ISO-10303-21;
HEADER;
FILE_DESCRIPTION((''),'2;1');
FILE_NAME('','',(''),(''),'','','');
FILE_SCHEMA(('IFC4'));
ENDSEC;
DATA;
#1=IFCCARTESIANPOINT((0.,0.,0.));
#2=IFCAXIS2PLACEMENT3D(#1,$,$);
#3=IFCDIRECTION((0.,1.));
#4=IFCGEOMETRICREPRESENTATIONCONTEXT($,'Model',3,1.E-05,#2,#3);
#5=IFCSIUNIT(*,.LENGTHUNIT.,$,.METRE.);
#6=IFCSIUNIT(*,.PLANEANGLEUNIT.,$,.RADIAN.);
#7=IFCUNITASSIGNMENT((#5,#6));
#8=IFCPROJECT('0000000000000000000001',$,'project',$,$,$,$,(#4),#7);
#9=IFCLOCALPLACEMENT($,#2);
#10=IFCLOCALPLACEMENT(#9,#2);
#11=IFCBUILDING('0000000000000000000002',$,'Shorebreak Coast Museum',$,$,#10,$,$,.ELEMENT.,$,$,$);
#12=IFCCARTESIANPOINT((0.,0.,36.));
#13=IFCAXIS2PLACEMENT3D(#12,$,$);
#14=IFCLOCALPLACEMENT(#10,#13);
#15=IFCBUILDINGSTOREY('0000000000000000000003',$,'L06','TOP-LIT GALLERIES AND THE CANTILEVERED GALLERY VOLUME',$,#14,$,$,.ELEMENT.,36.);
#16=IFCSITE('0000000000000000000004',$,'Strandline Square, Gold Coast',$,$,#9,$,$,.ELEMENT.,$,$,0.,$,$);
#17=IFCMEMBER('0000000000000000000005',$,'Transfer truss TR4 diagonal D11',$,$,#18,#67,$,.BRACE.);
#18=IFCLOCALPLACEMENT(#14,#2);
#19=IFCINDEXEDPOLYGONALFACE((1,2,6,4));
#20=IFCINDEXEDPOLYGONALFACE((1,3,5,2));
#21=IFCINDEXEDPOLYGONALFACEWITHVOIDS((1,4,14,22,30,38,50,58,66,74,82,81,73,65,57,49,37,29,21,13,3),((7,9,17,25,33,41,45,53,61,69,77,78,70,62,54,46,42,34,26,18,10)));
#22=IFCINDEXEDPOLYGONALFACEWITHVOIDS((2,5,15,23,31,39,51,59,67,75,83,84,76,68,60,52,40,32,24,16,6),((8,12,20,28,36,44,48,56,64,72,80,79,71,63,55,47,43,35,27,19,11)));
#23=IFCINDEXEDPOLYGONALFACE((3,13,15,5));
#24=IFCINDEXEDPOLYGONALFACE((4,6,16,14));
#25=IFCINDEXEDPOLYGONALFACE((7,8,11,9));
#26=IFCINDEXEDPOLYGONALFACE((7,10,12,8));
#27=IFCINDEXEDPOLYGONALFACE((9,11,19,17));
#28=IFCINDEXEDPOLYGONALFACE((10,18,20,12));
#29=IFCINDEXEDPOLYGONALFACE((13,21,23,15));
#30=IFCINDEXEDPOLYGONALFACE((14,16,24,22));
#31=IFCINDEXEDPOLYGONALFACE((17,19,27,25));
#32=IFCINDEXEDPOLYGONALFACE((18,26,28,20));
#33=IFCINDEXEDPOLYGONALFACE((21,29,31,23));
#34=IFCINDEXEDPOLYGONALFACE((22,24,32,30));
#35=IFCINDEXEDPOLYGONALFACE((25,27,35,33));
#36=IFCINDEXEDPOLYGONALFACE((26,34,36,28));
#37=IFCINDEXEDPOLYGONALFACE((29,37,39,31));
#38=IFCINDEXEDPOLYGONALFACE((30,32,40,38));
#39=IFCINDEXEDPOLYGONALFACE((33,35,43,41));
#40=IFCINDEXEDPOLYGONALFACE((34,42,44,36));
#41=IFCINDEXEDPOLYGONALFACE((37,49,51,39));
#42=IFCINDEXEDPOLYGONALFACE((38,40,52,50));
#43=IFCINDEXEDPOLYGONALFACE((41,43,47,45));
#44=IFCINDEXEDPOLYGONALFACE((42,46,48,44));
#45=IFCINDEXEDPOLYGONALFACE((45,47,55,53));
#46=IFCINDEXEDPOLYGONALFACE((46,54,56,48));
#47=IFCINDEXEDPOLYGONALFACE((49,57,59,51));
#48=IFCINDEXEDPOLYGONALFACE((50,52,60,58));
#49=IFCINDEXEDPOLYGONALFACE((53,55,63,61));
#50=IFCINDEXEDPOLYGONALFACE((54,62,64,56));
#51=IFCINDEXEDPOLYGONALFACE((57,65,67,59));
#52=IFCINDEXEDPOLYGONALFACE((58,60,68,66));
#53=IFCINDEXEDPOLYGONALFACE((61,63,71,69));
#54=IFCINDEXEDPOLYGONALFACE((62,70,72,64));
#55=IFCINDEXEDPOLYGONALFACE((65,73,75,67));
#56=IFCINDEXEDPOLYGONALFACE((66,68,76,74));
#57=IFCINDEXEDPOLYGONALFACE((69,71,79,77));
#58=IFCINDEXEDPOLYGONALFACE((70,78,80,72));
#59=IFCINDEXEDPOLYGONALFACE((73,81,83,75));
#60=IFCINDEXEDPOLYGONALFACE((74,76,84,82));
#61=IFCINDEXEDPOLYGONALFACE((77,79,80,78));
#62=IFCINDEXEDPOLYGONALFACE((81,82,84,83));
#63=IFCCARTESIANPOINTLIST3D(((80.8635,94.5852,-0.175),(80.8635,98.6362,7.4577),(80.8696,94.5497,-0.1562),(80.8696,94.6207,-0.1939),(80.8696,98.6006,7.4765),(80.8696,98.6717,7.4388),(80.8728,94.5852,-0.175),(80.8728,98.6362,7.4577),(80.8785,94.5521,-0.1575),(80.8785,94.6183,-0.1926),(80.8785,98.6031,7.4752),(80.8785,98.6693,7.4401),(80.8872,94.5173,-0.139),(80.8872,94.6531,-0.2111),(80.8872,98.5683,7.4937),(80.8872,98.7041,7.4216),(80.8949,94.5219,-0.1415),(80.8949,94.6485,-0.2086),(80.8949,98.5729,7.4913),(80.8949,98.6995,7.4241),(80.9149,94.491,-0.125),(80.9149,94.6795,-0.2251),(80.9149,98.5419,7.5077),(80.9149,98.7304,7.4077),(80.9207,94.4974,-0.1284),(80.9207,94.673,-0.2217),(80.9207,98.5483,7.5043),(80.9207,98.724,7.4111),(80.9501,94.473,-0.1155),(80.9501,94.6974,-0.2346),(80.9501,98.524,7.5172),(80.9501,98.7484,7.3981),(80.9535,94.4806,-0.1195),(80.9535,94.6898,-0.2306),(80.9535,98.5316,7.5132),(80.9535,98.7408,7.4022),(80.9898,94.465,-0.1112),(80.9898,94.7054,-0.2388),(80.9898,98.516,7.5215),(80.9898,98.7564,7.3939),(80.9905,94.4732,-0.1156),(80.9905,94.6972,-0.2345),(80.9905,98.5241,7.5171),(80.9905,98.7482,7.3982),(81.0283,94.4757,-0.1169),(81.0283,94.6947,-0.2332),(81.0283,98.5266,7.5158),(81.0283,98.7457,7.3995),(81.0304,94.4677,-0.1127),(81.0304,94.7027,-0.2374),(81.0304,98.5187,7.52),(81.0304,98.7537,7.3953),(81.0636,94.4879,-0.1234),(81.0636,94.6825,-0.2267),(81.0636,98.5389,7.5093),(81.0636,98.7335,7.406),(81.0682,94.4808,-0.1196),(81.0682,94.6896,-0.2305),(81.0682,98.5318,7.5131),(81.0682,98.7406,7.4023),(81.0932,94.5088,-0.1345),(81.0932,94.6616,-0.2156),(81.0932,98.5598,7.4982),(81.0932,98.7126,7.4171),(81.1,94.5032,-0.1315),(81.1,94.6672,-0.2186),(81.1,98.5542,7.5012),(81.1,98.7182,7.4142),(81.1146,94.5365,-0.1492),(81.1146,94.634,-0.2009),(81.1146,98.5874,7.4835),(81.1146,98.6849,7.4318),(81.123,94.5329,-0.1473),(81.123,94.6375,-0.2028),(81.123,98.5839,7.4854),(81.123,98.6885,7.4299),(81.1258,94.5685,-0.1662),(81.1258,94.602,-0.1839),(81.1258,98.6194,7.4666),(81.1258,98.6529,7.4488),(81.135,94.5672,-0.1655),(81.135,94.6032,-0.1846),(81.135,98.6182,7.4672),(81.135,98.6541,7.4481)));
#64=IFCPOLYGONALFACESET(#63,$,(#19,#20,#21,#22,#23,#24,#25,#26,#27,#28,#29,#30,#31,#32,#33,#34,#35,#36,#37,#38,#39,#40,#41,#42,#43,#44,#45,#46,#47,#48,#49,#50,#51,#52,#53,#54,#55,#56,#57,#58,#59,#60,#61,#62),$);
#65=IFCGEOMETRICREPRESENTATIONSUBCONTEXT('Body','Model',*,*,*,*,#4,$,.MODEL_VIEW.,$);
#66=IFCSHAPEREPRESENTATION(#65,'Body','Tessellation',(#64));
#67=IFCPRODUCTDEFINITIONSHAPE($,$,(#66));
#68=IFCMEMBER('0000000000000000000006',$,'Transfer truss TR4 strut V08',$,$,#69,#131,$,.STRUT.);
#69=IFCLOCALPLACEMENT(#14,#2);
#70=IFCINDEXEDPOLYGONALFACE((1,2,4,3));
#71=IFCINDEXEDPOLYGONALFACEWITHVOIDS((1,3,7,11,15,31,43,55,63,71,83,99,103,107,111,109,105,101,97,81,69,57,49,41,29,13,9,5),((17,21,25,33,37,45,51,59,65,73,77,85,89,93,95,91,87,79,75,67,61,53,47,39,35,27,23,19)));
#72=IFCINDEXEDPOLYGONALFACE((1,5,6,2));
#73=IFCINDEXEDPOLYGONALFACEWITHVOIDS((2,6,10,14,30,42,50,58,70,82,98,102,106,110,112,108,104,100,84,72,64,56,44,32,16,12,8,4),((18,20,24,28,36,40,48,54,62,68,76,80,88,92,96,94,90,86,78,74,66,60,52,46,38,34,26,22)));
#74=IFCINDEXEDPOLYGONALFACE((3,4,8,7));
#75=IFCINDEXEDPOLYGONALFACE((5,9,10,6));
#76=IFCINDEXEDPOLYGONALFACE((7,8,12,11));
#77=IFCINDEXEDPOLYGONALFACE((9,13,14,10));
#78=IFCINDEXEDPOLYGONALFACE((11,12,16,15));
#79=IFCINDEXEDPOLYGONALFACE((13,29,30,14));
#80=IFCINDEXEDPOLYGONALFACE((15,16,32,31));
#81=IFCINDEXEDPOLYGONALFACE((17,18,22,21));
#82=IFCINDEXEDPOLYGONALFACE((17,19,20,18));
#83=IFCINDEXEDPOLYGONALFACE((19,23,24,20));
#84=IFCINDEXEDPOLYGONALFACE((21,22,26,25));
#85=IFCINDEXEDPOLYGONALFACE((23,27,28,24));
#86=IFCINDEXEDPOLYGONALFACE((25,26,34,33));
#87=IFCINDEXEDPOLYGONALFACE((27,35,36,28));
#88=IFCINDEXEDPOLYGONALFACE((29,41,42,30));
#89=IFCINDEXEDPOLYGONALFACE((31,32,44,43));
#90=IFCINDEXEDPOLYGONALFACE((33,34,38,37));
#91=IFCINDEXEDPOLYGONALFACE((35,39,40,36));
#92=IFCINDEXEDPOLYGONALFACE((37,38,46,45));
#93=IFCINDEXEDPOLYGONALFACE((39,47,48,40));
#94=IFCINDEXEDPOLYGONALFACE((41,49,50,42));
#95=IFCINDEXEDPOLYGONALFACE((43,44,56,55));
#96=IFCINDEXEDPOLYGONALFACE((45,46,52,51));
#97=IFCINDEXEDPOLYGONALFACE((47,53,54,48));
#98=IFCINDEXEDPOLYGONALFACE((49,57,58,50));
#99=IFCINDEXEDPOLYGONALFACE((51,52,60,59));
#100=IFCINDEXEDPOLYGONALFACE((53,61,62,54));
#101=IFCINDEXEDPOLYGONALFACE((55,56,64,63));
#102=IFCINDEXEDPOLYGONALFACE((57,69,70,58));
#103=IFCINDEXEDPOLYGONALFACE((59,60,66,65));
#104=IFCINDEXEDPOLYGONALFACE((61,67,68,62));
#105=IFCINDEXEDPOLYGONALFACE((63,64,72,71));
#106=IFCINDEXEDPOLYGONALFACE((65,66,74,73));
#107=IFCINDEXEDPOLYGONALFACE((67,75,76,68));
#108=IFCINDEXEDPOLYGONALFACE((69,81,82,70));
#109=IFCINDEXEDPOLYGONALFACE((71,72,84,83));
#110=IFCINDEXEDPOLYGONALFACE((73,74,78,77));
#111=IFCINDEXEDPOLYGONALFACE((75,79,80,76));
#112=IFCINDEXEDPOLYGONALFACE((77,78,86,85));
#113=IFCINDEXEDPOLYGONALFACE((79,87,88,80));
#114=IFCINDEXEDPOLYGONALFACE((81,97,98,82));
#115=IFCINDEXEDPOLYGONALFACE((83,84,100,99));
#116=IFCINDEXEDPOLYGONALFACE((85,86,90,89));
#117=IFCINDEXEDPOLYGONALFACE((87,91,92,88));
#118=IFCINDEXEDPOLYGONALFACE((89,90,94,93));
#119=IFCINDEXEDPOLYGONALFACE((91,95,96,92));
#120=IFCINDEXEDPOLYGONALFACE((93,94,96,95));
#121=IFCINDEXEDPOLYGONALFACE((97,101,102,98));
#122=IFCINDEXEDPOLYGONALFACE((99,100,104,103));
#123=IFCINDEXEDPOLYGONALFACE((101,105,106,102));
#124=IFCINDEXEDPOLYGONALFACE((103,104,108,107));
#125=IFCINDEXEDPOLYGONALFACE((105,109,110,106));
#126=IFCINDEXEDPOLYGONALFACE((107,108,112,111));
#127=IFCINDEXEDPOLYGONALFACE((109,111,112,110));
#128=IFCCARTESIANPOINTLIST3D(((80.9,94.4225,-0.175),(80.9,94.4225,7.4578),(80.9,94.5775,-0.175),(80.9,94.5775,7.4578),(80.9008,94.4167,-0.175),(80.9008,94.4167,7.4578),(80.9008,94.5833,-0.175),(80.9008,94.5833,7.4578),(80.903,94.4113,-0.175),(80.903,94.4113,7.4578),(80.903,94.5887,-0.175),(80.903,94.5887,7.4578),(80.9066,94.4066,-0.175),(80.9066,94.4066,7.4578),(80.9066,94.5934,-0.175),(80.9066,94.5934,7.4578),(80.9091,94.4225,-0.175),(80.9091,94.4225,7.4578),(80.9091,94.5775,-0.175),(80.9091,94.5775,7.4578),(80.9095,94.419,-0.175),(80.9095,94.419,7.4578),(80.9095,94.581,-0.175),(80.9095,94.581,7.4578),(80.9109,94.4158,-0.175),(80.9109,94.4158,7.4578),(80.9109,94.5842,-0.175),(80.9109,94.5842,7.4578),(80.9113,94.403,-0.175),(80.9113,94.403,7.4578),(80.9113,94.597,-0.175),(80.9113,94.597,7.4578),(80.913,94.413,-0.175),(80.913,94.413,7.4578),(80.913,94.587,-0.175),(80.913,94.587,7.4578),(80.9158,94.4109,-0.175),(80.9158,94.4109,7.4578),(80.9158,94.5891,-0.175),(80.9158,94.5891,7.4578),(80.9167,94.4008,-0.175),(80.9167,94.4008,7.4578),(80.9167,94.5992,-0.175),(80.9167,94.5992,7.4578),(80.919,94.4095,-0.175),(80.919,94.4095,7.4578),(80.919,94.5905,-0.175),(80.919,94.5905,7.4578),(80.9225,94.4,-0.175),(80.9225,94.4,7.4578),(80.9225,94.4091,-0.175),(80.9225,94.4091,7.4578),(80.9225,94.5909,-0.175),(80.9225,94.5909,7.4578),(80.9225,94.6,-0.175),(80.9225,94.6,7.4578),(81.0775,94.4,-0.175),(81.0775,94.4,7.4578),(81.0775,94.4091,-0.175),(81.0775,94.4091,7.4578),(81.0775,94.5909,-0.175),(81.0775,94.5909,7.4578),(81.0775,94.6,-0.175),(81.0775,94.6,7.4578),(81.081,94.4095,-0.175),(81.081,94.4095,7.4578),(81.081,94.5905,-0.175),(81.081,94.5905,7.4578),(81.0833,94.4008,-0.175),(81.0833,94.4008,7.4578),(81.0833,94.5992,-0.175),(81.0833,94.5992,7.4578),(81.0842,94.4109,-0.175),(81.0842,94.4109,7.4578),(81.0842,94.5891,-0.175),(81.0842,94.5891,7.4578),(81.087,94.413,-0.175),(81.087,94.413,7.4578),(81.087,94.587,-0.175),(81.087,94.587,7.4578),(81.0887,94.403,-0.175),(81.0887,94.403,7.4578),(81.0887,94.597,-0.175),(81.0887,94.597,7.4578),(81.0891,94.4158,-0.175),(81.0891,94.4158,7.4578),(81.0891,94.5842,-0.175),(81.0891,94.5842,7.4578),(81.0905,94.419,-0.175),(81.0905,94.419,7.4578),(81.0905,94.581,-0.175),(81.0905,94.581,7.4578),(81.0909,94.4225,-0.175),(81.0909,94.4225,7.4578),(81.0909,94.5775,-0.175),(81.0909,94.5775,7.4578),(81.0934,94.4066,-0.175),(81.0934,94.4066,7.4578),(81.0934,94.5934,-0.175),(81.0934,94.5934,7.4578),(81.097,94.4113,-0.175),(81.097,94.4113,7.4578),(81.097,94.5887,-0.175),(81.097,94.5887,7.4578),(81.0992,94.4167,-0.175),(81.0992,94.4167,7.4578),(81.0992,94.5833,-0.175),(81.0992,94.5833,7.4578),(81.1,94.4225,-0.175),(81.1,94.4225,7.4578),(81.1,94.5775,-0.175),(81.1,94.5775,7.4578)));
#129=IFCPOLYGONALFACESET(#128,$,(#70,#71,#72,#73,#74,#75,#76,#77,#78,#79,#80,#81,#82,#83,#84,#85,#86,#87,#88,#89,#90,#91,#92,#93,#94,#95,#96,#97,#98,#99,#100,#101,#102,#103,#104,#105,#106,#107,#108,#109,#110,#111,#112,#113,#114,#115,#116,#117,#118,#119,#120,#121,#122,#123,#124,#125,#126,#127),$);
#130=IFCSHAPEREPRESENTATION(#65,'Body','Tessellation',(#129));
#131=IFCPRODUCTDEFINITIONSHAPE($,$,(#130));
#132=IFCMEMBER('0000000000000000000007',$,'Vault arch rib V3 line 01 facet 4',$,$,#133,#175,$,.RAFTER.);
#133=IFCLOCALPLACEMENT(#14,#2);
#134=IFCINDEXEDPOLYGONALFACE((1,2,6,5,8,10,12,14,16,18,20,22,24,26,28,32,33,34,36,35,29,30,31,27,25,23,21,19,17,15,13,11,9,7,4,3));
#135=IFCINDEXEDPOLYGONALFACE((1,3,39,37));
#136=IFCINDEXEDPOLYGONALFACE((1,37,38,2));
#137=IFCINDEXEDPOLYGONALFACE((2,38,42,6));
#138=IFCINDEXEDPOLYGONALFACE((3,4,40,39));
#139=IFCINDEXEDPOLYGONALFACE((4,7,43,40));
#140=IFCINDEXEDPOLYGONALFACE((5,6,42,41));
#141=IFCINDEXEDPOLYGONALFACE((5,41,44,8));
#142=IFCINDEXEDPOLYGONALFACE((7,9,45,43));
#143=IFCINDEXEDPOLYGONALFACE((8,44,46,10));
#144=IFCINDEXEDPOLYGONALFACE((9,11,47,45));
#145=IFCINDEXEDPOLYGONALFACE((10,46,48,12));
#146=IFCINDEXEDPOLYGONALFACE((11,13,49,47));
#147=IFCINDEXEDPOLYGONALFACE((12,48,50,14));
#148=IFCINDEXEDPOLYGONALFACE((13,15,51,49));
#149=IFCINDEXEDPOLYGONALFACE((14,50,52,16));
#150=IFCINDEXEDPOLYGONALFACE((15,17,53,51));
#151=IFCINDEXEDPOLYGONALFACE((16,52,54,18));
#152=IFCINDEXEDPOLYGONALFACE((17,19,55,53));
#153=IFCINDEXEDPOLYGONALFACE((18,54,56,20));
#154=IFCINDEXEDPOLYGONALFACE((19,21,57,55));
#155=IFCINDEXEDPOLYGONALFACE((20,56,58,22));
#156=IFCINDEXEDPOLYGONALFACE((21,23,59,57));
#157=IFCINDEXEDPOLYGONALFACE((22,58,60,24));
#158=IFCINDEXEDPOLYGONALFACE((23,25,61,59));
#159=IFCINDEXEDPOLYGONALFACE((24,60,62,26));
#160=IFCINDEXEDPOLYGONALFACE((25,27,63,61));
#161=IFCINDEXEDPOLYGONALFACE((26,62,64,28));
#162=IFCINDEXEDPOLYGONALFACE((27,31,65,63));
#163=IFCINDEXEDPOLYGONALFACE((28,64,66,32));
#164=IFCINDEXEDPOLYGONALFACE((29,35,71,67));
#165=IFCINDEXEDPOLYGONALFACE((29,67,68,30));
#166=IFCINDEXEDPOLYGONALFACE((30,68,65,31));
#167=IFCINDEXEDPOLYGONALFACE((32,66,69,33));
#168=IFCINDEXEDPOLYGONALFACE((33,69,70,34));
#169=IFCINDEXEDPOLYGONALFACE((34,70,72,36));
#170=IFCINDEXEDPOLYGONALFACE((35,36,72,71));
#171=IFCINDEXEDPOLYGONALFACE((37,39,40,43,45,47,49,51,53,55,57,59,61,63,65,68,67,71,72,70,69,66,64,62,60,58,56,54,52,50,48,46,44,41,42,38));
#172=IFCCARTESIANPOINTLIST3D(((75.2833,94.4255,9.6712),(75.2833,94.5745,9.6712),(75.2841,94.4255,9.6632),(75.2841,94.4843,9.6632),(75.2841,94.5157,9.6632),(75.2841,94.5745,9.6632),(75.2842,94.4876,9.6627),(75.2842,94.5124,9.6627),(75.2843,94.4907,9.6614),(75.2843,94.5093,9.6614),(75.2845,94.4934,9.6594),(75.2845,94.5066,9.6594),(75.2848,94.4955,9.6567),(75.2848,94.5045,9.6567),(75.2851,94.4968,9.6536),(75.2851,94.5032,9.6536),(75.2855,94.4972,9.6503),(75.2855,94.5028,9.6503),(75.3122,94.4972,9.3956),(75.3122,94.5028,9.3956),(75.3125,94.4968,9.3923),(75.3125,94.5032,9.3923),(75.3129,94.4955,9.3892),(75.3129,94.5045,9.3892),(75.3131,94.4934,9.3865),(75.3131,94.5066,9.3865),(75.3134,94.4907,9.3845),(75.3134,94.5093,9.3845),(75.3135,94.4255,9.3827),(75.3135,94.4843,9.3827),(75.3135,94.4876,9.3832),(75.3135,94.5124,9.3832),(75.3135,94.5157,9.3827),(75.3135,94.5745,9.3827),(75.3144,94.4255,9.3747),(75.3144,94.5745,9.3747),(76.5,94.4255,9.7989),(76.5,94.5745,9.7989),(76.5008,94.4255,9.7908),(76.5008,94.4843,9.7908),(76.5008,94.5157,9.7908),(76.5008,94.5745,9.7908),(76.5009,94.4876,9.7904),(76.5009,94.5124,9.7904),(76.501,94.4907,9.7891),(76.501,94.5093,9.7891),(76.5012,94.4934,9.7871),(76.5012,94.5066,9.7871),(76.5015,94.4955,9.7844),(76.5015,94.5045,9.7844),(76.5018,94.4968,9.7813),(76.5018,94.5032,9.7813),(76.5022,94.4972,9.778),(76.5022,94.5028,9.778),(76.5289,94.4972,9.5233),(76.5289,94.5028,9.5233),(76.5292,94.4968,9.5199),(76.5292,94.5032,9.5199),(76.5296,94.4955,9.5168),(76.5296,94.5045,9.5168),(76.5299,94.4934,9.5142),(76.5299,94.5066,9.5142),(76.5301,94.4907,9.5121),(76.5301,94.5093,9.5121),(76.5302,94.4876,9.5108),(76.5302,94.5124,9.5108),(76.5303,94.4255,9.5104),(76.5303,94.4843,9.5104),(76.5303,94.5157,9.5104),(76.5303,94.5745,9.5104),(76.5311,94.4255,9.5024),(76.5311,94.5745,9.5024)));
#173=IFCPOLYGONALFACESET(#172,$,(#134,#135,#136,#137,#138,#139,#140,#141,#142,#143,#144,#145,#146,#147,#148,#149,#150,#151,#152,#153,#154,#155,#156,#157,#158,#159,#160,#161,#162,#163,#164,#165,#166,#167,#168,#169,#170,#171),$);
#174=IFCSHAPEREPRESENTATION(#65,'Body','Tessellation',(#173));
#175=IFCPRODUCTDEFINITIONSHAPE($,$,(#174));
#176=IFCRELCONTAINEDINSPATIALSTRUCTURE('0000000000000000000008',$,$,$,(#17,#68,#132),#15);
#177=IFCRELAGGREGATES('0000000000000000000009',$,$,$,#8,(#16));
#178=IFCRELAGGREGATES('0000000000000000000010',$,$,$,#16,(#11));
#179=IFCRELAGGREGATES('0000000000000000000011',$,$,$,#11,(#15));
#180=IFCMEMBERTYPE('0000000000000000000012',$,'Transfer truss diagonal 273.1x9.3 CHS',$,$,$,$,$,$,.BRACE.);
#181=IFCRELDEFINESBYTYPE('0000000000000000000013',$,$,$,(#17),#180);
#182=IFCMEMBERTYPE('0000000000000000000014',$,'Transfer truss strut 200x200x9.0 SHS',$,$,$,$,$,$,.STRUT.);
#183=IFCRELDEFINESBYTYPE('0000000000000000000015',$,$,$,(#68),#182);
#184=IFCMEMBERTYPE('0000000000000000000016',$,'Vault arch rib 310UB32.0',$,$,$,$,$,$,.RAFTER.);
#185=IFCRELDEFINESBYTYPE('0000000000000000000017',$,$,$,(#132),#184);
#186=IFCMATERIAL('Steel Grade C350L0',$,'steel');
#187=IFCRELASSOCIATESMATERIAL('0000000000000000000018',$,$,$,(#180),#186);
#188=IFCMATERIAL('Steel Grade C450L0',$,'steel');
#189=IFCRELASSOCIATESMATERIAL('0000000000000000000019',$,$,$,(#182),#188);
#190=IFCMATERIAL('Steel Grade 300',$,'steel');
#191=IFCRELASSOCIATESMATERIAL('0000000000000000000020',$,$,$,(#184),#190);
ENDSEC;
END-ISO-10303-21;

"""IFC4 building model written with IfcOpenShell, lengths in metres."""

from ifc_helpers import new_model, si_unit, direction, frame, origin, origin_2d, place, context, subcontext, project, spatial, hollow_rectangle, hollow_circle, i_section, extrude, material, material_profile, profile_set, type_object, element, save


model = new_model("IFC4")

# Units and contexts
model_context = context("Model", 3, precision=1e-05, world=origin(), true_north=direction((0.0, 1.0)))
body_context = subcontext(model_context, "Body", "Model", "MODEL_VIEW")
ifc_project = project(units=[si_unit("LENGTHUNIT", "METRE"), si_unit("PLANEANGLEUNIT", "RADIAN")], contexts=[model_context])

# Site, building, storey
site_placement = place(None, origin())
site = spatial("IfcSite", under=ifc_project, at=site_placement, Name="Strandline Square, Gold Coast", CompositionType="ELEMENT", RefElevation=0.0)
building_placement = place(site_placement, origin())
building = spatial("IfcBuilding", under=site, at=building_placement, Name="Shorebreak Coast Museum", CompositionType="ELEMENT")
storey_placement = place(building_placement, frame((0.0, 0.0, 36.0)))
storey = spatial("IfcBuildingStorey", under=building, at=storey_placement, Name="L06", Description="TOP-LIT GALLERIES AND THE CANTILEVERED GALLERY VOLUME", CompositionType="ELEMENT", Elevation=36.0)

# Members
ifc_material_1 = material(Name="Steel Grade C350L0", Category="steel")
ifc_material_profile_1 = material_profile(ifc_material_1, hollow_circle(Radius=0.1365, WallThickness=0.0093, at=origin_2d()), Name="273.1x9.3 CHS")
ifc_profile_set_1 = profile_set([ifc_material_profile_1], Name="Steel Grade C350L0")
member_type_1 = type_object("IfcMemberType", Name="Transfer truss diagonal 273.1x9.3 CHS", PredefinedType="BRACE", material=ifc_profile_set_1)
member_1_placement = place(storey_placement, frame((81.0, 94.5852, -0.175), z_axis=(0.0, 0.468803, 0.883303), x_axis=(-1.0, 0.0, 0.0)))
element("IfcMember", 1, at=member_1_placement, inside=storey, type_object=member_type_1, Name="Transfer truss TR4 diagonal D11", PredefinedType="BRACE", context=body_context, shape_type="SweptSolid", body=[
    extrude(hollow_circle(Radius=0.1365, WallThickness=0.0093, at=origin_2d()), origin(), (0.0, 0.0, 1.0), 8.6411),
])
ifc_material_2 = material(Name="Steel Grade C450L0", Category="steel")
ifc_material_profile_2 = material_profile(ifc_material_2, hollow_rectangle(XDim=0.2, YDim=0.2, WallThickness=0.009, InnerFilletRadius=0.0134, OuterFilletRadius=0.0225, at=origin_2d()), Name="200x200x9.0 SHS")
ifc_profile_set_2 = profile_set([ifc_material_profile_2], Name="Steel Grade C450L0")
member_type_2 = type_object("IfcMemberType", Name="Transfer truss strut 200x200x9.0 SHS", PredefinedType="STRUT", material=ifc_profile_set_2)
member_2_placement = place(storey_placement, frame((81.0, 94.5, -0.175), z_axis=(0.0, 0.0, 1.0), x_axis=(1.0, 0.0, 0.0)))
element("IfcMember", 2, at=member_2_placement, inside=storey, type_object=member_type_2, Name="Transfer truss TR4 strut V08", PredefinedType="STRUT", context=body_context, shape_type="SweptSolid", body=[
    extrude(hollow_rectangle(XDim=0.2, YDim=0.2, WallThickness=0.009, InnerFilletRadius=0.0134, OuterFilletRadius=0.0225, at=origin_2d()), origin(), (0.0, 0.0, 1.0), 7.6328),
])
ifc_material_3 = material(Name="Steel Grade 300", Category="steel")
ifc_material_profile_3 = material_profile(ifc_material_3, i_section(OverallWidth=0.1489, OverallDepth=0.2981, WebThickness=0.0056, FlangeThickness=0.0081, FilletRadius=0.0129, at=origin_2d()), Name="310UB32.0")
ifc_profile_set_3 = profile_set([ifc_material_profile_3], Name="Steel Grade 300")
member_type_3 = type_object("IfcMemberType", Name="Vault arch rib 310UB32.0", PredefinedType="RAFTER", material=ifc_profile_set_3)
for number, where, z_axis, x_axis, name in (
    (3, (75.2988, 94.5, 9.5229), (0.994539, 0.0, 0.104363), (0.0, 1.0, 0.0), "Vault arch rib V3 line 01 facet 4"),
):
    element("IfcMember", number, at=place(storey_placement, frame(where, z_axis=z_axis, x_axis=x_axis)), inside=storey, type_object=member_type_3, Name=name, PredefinedType="RAFTER", context=body_context, shape_type="SweptSolid", body=[
        extrude(i_section(OverallWidth=0.1489, OverallDepth=0.2981, WebThickness=0.0056, FlangeThickness=0.0081, FilletRadius=0.0129, at=origin_2d()), origin(), (0.0, 0.0, 1.0), 1.2234),
    ])

save(model, "model.ifc")
